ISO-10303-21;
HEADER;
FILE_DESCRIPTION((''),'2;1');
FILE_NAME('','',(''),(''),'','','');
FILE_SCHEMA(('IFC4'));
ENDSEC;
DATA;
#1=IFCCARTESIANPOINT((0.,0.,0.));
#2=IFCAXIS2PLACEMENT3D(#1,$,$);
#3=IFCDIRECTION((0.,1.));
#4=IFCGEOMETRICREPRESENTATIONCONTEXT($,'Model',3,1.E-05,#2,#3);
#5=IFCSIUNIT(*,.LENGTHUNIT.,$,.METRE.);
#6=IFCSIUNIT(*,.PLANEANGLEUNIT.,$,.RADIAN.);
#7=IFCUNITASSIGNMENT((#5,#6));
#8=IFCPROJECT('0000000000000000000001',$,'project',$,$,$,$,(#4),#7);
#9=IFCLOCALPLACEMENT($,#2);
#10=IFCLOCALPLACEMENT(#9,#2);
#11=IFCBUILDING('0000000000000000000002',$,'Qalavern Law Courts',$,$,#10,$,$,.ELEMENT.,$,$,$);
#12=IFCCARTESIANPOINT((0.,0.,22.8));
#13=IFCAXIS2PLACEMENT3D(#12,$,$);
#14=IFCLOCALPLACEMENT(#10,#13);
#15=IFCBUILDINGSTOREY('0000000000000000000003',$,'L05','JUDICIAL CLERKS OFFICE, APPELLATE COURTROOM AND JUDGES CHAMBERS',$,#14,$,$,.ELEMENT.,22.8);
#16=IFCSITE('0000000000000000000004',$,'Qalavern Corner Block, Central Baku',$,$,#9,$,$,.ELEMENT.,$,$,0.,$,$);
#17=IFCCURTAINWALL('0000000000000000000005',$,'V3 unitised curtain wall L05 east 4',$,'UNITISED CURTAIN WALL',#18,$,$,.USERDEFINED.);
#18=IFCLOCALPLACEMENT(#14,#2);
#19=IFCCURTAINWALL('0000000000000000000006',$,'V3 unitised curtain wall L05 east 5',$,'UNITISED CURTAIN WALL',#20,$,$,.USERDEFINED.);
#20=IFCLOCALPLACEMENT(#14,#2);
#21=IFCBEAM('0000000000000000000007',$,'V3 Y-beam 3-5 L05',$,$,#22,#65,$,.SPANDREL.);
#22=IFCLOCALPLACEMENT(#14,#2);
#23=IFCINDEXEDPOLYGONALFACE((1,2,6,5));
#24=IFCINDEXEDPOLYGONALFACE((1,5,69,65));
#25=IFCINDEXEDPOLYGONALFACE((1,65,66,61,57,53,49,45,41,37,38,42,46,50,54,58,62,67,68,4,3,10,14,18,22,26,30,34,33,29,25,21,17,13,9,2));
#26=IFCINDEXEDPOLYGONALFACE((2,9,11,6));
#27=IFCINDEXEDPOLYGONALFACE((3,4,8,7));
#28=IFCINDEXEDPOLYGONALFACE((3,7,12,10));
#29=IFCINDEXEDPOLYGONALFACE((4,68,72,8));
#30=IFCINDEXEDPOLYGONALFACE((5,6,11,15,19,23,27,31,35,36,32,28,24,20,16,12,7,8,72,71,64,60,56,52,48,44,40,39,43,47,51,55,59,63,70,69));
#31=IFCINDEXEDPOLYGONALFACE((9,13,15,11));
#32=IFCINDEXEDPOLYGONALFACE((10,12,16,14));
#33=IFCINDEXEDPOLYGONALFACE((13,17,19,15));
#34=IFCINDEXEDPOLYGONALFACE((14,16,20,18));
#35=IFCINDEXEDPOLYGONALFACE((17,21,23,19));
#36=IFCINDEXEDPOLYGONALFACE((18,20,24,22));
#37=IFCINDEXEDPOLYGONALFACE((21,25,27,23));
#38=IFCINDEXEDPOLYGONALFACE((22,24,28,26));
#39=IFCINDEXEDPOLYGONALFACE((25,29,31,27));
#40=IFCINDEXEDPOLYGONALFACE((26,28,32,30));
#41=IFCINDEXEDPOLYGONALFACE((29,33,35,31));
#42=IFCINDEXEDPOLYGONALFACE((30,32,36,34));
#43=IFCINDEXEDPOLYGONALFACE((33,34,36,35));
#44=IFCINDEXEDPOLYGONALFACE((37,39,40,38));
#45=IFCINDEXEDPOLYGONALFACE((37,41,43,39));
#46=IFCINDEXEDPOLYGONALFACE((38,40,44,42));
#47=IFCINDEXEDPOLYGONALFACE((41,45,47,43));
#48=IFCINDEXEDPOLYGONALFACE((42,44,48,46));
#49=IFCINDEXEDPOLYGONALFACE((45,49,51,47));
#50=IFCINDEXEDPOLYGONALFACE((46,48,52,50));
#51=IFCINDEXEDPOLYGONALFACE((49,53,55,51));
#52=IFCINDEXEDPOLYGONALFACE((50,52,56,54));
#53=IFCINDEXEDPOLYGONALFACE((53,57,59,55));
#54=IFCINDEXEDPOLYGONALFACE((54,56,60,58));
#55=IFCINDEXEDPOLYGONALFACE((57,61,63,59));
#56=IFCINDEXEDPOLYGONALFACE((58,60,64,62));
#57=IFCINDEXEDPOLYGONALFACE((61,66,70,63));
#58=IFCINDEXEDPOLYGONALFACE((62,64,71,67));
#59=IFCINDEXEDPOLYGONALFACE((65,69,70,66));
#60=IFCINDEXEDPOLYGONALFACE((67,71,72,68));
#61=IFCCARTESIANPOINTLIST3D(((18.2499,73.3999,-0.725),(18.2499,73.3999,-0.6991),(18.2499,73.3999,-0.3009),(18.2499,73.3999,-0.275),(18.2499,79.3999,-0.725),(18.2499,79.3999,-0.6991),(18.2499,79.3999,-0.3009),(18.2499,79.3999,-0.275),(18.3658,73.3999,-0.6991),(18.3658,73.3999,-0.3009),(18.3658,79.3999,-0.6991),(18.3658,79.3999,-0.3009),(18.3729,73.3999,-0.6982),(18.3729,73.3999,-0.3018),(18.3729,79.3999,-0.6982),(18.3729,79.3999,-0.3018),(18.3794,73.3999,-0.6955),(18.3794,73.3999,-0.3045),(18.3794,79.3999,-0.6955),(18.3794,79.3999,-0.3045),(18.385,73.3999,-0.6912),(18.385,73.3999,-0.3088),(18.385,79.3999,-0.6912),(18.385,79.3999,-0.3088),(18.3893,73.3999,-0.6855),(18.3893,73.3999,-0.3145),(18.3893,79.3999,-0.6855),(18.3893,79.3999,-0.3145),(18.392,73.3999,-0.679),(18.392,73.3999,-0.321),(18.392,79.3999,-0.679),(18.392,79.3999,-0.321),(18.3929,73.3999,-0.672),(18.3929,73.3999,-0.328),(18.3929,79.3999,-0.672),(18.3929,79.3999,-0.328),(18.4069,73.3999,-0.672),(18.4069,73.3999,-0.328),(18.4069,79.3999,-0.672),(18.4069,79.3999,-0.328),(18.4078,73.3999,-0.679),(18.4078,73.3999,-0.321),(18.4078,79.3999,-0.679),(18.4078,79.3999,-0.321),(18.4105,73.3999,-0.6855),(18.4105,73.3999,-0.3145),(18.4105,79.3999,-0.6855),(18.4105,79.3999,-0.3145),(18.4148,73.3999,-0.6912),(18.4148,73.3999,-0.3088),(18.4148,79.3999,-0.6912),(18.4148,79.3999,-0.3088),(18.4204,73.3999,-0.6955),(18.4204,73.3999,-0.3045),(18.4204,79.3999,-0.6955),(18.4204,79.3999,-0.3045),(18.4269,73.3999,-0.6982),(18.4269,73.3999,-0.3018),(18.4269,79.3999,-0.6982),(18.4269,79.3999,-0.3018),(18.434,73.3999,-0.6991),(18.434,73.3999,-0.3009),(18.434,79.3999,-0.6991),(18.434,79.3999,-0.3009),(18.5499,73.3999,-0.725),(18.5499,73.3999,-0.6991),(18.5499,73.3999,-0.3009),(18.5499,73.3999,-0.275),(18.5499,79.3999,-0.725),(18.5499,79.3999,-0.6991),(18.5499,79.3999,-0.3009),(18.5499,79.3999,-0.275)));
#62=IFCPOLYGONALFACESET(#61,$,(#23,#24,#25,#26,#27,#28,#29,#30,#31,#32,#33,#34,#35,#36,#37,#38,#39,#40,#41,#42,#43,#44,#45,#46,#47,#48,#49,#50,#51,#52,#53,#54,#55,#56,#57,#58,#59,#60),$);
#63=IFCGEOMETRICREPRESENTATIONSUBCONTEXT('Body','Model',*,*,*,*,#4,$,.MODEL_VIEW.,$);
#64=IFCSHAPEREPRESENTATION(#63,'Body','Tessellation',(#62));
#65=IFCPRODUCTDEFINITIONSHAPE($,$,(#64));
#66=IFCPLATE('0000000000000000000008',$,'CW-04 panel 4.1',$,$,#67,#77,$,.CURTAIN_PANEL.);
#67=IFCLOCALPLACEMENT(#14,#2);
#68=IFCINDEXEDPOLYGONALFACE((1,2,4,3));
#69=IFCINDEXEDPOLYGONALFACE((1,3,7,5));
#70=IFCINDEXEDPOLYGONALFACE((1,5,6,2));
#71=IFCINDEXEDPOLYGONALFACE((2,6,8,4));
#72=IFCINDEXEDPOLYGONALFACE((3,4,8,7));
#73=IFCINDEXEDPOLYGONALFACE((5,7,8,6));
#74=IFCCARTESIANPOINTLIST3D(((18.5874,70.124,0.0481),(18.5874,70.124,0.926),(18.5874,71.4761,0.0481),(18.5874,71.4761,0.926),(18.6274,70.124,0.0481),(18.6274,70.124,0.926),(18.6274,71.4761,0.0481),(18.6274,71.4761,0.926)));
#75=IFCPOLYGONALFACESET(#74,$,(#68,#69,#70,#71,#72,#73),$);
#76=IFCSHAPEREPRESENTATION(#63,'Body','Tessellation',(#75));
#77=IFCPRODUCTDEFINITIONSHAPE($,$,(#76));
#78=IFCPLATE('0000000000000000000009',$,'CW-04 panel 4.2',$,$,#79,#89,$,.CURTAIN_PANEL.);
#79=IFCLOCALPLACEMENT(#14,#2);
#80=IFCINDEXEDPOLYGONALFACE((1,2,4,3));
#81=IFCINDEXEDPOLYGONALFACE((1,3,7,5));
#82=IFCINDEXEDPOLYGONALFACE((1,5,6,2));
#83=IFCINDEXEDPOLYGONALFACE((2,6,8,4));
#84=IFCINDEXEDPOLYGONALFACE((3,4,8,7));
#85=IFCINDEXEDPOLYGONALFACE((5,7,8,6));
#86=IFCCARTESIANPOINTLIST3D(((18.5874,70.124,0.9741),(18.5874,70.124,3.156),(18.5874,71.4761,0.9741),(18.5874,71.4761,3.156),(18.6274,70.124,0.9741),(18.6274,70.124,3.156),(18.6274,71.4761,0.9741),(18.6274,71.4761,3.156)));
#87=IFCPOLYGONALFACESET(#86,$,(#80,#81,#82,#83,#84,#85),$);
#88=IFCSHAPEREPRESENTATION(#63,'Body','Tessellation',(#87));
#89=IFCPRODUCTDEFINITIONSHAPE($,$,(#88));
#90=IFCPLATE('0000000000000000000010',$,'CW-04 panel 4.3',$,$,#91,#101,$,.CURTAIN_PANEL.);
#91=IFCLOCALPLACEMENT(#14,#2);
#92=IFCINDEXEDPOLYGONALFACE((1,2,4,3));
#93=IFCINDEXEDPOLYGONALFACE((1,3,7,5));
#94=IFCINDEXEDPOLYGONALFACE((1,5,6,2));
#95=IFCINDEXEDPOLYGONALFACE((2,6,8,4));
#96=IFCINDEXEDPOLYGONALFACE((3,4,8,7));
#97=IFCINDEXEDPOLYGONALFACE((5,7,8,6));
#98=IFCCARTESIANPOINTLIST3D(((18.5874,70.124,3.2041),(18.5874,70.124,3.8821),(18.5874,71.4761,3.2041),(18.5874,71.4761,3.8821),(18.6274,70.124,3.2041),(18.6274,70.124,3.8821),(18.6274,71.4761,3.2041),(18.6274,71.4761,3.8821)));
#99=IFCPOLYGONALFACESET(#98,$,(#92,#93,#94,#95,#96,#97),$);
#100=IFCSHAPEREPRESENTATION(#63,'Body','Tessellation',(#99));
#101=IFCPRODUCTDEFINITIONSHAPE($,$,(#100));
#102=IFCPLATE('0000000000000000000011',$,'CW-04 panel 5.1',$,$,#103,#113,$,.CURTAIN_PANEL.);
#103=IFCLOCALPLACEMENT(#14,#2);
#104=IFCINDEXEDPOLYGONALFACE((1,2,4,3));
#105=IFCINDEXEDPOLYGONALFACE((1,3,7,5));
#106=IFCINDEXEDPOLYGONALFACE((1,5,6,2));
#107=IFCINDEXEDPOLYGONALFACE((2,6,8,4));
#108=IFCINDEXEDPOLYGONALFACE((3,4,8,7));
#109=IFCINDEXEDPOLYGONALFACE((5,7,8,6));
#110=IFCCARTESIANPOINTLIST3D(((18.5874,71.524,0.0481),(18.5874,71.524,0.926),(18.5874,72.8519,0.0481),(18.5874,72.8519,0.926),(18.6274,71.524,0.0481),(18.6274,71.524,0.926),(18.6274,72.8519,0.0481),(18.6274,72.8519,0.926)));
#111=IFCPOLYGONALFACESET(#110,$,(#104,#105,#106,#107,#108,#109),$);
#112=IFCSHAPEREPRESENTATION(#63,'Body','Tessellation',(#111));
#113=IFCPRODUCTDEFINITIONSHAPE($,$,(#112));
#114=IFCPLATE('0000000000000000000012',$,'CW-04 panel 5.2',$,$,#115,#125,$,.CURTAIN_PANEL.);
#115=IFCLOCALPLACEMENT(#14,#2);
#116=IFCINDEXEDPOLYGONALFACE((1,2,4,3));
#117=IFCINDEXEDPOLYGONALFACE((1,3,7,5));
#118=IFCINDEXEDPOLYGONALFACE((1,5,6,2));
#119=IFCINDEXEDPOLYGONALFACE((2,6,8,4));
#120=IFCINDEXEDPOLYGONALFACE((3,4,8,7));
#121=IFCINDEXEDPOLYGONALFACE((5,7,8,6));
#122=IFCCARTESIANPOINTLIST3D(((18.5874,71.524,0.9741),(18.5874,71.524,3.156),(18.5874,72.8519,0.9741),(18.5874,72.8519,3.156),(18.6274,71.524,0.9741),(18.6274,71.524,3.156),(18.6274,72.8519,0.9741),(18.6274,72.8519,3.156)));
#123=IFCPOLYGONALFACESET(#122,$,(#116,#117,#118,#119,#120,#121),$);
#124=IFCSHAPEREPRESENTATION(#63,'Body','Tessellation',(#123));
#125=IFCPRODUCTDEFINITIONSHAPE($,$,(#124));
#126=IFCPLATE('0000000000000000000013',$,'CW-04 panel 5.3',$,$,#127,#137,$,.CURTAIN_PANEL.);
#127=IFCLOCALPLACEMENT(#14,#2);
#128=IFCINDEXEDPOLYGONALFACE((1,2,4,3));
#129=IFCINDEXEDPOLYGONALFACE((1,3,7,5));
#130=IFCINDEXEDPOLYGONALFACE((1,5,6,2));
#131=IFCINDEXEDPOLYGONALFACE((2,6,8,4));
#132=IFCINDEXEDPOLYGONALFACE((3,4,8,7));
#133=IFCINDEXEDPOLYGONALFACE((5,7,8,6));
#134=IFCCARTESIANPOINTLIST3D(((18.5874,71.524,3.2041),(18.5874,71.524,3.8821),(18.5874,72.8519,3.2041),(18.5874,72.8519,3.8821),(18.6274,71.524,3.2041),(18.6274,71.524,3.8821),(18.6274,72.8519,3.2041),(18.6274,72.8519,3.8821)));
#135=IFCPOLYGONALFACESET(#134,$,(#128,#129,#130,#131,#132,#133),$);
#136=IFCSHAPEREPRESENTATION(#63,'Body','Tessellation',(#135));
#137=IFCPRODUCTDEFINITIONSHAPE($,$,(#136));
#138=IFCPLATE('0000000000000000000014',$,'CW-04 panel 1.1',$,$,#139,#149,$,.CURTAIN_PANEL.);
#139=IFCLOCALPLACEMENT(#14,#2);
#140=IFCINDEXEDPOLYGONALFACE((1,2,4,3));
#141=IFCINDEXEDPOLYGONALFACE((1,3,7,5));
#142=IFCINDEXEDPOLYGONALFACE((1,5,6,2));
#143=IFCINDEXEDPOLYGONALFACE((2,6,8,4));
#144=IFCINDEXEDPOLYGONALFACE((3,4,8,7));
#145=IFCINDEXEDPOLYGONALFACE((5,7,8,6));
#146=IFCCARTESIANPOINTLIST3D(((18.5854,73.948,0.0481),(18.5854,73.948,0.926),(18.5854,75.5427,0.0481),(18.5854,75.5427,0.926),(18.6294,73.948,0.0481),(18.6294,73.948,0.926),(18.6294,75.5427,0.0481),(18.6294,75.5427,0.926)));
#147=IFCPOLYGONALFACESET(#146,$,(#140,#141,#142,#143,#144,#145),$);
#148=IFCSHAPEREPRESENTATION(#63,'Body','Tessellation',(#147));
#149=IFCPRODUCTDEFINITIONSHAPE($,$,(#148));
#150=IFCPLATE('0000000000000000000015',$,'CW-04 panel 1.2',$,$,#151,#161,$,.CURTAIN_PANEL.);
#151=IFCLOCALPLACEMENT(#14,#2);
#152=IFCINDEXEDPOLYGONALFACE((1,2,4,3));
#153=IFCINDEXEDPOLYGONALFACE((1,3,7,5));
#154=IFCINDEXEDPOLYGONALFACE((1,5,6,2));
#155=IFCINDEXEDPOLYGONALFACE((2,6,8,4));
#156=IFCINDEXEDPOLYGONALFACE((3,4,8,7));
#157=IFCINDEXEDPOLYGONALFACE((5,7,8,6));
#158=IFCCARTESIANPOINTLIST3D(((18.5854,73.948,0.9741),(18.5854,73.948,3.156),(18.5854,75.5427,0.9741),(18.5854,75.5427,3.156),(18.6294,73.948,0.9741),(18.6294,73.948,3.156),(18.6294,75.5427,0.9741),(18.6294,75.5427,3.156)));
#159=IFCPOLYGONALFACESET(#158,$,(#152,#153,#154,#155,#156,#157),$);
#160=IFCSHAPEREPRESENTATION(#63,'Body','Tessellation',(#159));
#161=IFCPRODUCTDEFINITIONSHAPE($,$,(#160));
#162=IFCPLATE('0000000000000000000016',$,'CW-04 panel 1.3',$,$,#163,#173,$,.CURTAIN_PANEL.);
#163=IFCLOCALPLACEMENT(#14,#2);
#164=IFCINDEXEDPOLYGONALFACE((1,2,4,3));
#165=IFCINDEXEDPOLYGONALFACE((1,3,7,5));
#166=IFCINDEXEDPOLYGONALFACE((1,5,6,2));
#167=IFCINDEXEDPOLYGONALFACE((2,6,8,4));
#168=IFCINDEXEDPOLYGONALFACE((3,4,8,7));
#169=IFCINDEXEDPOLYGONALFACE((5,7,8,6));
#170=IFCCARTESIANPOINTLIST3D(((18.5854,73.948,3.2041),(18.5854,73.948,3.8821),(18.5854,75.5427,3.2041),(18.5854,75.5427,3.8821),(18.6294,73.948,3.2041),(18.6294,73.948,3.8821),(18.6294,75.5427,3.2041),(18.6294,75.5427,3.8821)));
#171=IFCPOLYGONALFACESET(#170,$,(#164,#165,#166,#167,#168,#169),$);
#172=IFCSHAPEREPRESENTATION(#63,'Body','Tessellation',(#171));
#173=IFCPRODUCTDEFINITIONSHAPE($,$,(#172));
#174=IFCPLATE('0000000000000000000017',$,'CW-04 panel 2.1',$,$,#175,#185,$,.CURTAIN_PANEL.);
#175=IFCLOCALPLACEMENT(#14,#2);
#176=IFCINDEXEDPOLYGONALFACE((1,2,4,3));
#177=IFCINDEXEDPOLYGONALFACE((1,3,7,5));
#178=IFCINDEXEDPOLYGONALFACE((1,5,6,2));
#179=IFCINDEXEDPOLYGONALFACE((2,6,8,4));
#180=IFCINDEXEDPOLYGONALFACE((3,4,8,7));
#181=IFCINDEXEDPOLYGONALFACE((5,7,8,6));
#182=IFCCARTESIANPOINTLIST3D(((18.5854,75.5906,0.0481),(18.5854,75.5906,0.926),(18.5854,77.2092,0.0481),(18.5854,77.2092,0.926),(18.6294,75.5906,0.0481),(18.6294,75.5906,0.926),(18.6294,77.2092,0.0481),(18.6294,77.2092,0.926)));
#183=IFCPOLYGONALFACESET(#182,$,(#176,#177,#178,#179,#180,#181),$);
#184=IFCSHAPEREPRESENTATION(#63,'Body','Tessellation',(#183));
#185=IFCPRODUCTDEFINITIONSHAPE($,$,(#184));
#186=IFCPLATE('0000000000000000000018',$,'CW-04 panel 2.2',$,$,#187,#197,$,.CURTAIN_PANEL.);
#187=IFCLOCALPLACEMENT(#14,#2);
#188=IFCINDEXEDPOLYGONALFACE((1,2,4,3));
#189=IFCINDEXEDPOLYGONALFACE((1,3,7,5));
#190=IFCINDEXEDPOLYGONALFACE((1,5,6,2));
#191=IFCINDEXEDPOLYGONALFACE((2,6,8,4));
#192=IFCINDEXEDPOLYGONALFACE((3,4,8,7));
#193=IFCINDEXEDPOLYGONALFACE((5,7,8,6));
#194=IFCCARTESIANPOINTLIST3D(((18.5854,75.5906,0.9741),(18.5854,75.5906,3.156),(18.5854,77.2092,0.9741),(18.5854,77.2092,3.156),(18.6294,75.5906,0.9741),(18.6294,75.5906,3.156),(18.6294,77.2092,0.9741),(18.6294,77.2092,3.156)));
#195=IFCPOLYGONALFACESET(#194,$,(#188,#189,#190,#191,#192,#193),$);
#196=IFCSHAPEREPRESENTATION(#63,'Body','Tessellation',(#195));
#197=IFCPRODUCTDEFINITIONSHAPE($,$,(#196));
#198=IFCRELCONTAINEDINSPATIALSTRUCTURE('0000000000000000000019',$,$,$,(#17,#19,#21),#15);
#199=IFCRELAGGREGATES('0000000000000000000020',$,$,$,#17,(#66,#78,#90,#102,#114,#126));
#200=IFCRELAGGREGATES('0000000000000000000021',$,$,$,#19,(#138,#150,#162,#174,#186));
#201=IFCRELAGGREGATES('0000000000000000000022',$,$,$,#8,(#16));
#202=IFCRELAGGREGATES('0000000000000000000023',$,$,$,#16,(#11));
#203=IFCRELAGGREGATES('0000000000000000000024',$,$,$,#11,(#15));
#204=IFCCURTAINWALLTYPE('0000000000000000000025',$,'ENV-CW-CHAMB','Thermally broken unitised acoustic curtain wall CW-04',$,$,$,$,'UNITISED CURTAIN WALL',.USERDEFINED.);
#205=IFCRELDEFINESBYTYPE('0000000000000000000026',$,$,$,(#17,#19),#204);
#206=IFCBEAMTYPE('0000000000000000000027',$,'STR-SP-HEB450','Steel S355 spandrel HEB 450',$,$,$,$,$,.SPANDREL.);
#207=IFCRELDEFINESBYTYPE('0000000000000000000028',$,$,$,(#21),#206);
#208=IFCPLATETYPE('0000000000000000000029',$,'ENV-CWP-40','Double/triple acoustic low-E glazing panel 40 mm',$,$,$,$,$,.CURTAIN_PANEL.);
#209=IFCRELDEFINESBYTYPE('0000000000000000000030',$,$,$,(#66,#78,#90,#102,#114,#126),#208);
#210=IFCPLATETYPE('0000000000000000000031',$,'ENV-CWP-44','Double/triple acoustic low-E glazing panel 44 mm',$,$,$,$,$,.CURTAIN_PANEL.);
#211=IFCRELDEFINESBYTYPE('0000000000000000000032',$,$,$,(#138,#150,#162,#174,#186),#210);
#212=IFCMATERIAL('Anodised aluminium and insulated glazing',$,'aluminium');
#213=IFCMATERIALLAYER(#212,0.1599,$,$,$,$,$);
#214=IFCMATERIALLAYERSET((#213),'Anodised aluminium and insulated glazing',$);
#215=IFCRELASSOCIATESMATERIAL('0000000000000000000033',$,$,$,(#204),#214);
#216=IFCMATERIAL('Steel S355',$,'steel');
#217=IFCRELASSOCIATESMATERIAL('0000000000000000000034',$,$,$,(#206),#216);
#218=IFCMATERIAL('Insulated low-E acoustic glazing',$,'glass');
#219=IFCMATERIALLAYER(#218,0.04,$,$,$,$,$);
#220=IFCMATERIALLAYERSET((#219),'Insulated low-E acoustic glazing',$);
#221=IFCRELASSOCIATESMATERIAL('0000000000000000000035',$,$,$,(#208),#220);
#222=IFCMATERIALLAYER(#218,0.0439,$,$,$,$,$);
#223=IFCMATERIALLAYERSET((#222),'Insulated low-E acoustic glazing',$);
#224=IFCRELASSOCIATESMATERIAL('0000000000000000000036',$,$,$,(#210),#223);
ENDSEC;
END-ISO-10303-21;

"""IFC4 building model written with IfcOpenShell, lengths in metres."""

from ifc_helpers import new_model, si_unit, direction, frame, origin, origin_2d, place, context, subcontext, project, spatial, rectangle, i_section, extrude, material, layer, layer_set, material_profile, profile_set, type_object, element, aggregate, save


model = new_model("IFC4")

# Units and contexts
model_context = context("Model", 3, precision=1e-05, world=origin(), true_north=direction((0.0, 1.0)))
body_context = subcontext(model_context, "Body", "Model", "MODEL_VIEW")
ifc_project = project(units=[si_unit("LENGTHUNIT", "METRE"), si_unit("PLANEANGLEUNIT", "RADIAN")], contexts=[model_context])

# Site, building, storey
site_placement = place(None, origin())
site = spatial("IfcSite", under=ifc_project, at=site_placement, Name="Qalavern Corner Block, Central Baku", CompositionType="ELEMENT", RefElevation=0.0)
building_placement = place(site_placement, origin())
building = spatial("IfcBuilding", under=site, at=building_placement, Name="Qalavern Law Courts", CompositionType="ELEMENT")
storey_placement = place(building_placement, frame((0.0, 0.0, 22.8)))
storey = spatial("IfcBuildingStorey", under=building, at=storey_placement, Name="L05", Description="JUDICIAL CLERKS OFFICE, APPELLATE COURTROOM AND JUDGES CHAMBERS", CompositionType="ELEMENT", Elevation=22.8)

# Curtain walls
ifc_material_1 = material(Name="Anodised aluminium and insulated glazing", Category="aluminium")
ifc_layer_1 = layer(ifc_material_1, 0.1599)
ifc_layer_set_1 = layer_set([ifc_layer_1], Name="Anodised aluminium and insulated glazing")
curtain_wall_type = type_object("IfcCurtainWallType", Name="ENV-CW-CHAMB", Description="Thermally broken unitised acoustic curtain wall CW-04", ElementType="UNITISED CURTAIN WALL", PredefinedType="USERDEFINED", material=ifc_layer_set_1)
curtain_wall_1_placement = place(storey_placement, origin())
curtain_wall_1 = element("IfcCurtainWall", 1, at=curtain_wall_1_placement, inside=storey, type_object=curtain_wall_type, Name="V3 unitised curtain wall L05 east 4", ObjectType="UNITISED CURTAIN WALL", PredefinedType="USERDEFINED")
curtain_wall_2_placement = place(storey_placement, origin())
curtain_wall_2 = element("IfcCurtainWall", 2, at=curtain_wall_2_placement, inside=storey, type_object=curtain_wall_type, Name="V3 unitised curtain wall L05 east 5", ObjectType="UNITISED CURTAIN WALL", PredefinedType="USERDEFINED")

# Beam
ifc_material_2 = material(Name="Steel S355", Category="steel")
ifc_material_profile_1 = material_profile(ifc_material_2, i_section(OverallWidth=0.3, OverallDepth=0.45, WebThickness=0.0139, FlangeThickness=0.0259, FilletRadius=0.0271, at=origin_2d()), Name="HEB 450")
ifc_profile_set_1 = profile_set([ifc_material_profile_1], Name="Steel S355")
beam_type_1 = type_object("IfcBeamType", Name="STR-SP-HEB450", Description="Steel S355 spandrel HEB 450", PredefinedType="SPANDREL", material=ifc_profile_set_1)
beam_1_placement = place(storey_placement, frame((18.3999, 73.3999, -0.5), z_axis=(0.0, 1.0, 0.0), x_axis=(-1.0, 0.0, 0.0)))
element("IfcBeam", 3, at=beam_1_placement, inside=storey, type_object=beam_type_1, Name="V3 Y-beam 3-5 L05", PredefinedType="SPANDREL", context=body_context, shape_type="SweptSolid", body=[
    extrude(i_section(OverallWidth=0.3, OverallDepth=0.45, WebThickness=0.0139, FlangeThickness=0.0259, FilletRadius=0.0271, at=origin_2d()), origin(), (0.0, 0.0, 1.0), 6.0),
])

# Plates
ifc_material_3 = material(Name="Insulated low-E acoustic glazing", Category="glass")
ifc_layer_2 = layer(ifc_material_3, 0.04)
ifc_layer_set_2 = layer_set([ifc_layer_2], Name="Insulated low-E acoustic glazing")
plate_type_1 = type_object("IfcPlateType", Name="ENV-CWP-40", Description="Double/triple acoustic low-E glazing panel 40 mm", PredefinedType="CURTAIN_PANEL", material=ifc_layer_set_2)
plate_1_placement = place(storey_placement, frame((18.6074, 70.8, 0.0481), z_axis=(0.0, 0.0, 1.0), x_axis=(0.0, 1.0, 0.0)))
plate_1 = element("IfcPlate", 4, at=plate_1_placement, type_object=plate_type_1, Name="CW-04 panel 4.1", PredefinedType="CURTAIN_PANEL", context=body_context, shape_type="SweptSolid", body=[
    extrude(rectangle(XDim=1.3521, YDim=0.04, at=origin_2d()), origin(), (0.0, 0.0, 1.0), 0.8779),
])
plate_2_placement = place(storey_placement, frame((18.6074, 70.8, 0.9741), z_axis=(0.0, 0.0, 1.0), x_axis=(0.0, 1.0, 0.0)))
plate_2 = element("IfcPlate", 5, at=plate_2_placement, type_object=plate_type_1, Name="CW-04 panel 4.2", PredefinedType="CURTAIN_PANEL", context=body_context, shape_type="SweptSolid", body=[
    extrude(rectangle(XDim=1.3521, YDim=0.04, at=origin_2d()), origin(), (0.0, 0.0, 1.0), 2.1819),
])
plate_3_placement = place(storey_placement, frame((18.6074, 70.8, 3.2041), z_axis=(0.0, 0.0, 1.0), x_axis=(0.0, 1.0, 0.0)))
plate_3 = element("IfcPlate", 6, at=plate_3_placement, type_object=plate_type_1, Name="CW-04 panel 4.3", PredefinedType="CURTAIN_PANEL", context=body_context, shape_type="SweptSolid", body=[
    extrude(rectangle(XDim=1.3521, YDim=0.04, at=origin_2d()), origin(), (0.0, 0.0, 1.0), 0.678),
])
plate_4_placement = place(storey_placement, frame((18.6074, 72.188, 0.0481), z_axis=(0.0, 0.0, 1.0), x_axis=(0.0, 1.0, 0.0)))
plate_4 = element("IfcPlate", 7, at=plate_4_placement, type_object=plate_type_1, Name="CW-04 panel 5.1", PredefinedType="CURTAIN_PANEL", context=body_context, shape_type="SweptSolid", body=[
    extrude(rectangle(XDim=1.3279, YDim=0.04, at=origin_2d()), origin(), (0.0, 0.0, 1.0), 0.8779),
])
plate_5_placement = place(storey_placement, frame((18.6074, 72.188, 0.9741), z_axis=(0.0, 0.0, 1.0), x_axis=(0.0, 1.0, 0.0)))
plate_5 = element("IfcPlate", 8, at=plate_5_placement, type_object=plate_type_1, Name="CW-04 panel 5.2", PredefinedType="CURTAIN_PANEL", context=body_context, shape_type="SweptSolid", body=[
    extrude(rectangle(XDim=1.3279, YDim=0.04, at=origin_2d()), origin(), (0.0, 0.0, 1.0), 2.1819),
])
plate_6_placement = place(storey_placement, frame((18.6074, 72.188, 3.2041), z_axis=(0.0, 0.0, 1.0), x_axis=(0.0, 1.0, 0.0)))
plate_6 = element("IfcPlate", 9, at=plate_6_placement, type_object=plate_type_1, Name="CW-04 panel 5.3", PredefinedType="CURTAIN_PANEL", context=body_context, shape_type="SweptSolid", body=[
    extrude(rectangle(XDim=1.3279, YDim=0.04, at=origin_2d()), origin(), (0.0, 0.0, 1.0), 0.678),
])
aggregate(curtain_wall_1, [plate_1, plate_2, plate_3, plate_4, plate_5, plate_6])
ifc_layer_3 = layer(ifc_material_3, 0.0439)
ifc_layer_set_3 = layer_set([ifc_layer_3], Name="Insulated low-E acoustic glazing")
plate_type_2 = type_object("IfcPlateType", Name="ENV-CWP-44", Description="Double/triple acoustic low-E glazing panel 44 mm", PredefinedType="CURTAIN_PANEL", material=ifc_layer_set_3)
plate_7_placement = place(storey_placement, frame((18.6074, 74.7454, 0.0481), z_axis=(0.0, 0.0, 1.0), x_axis=(0.0, 1.0, 0.0)))
plate_7 = element("IfcPlate", 10, at=plate_7_placement, type_object=plate_type_2, Name="CW-04 panel 1.1", PredefinedType="CURTAIN_PANEL", context=body_context, shape_type="SweptSolid", body=[
    extrude(rectangle(XDim=1.5947, YDim=0.0439, at=origin_2d()), origin(), (0.0, 0.0, 1.0), 0.8779),
])
plate_8_placement = place(storey_placement, frame((18.6074, 74.7454, 0.9741), z_axis=(0.0, 0.0, 1.0), x_axis=(0.0, 1.0, 0.0)))
plate_8 = element("IfcPlate", 11, at=plate_8_placement, type_object=plate_type_2, Name="CW-04 panel 1.2", PredefinedType="CURTAIN_PANEL", context=body_context, shape_type="SweptSolid", body=[
    extrude(rectangle(XDim=1.5947, YDim=0.0439, at=origin_2d()), origin(), (0.0, 0.0, 1.0), 2.1819),
])
plate_9_placement = place(storey_placement, frame((18.6074, 74.7454, 3.2041), z_axis=(0.0, 0.0, 1.0), x_axis=(0.0, 1.0, 0.0)))
plate_9 = element("IfcPlate", 12, at=plate_9_placement, type_object=plate_type_2, Name="CW-04 panel 1.3", PredefinedType="CURTAIN_PANEL", context=body_context, shape_type="SweptSolid", body=[
    extrude(rectangle(XDim=1.5947, YDim=0.0439, at=origin_2d()), origin(), (0.0, 0.0, 1.0), 0.678),
])
plate_10_placement = place(storey_placement, frame((18.6074, 76.3999, 0.0481), z_axis=(0.0, 0.0, 1.0), x_axis=(0.0, 1.0, 0.0)))
plate_10 = element("IfcPlate", 13, at=plate_10_placement, type_object=plate_type_2, Name="CW-04 panel 2.1", PredefinedType="CURTAIN_PANEL", context=body_context, shape_type="SweptSolid", body=[
    extrude(rectangle(XDim=1.6187, YDim=0.0439, at=origin_2d()), origin(), (0.0, 0.0, 1.0), 0.8779),
])
plate_11_placement = place(storey_placement, frame((18.6074, 76.3999, 0.9741), z_axis=(0.0, 0.0, 1.0), x_axis=(0.0, 1.0, 0.0)))
plate_11 = element("IfcPlate", 14, at=plate_11_placement, type_object=plate_type_2, Name="CW-04 panel 2.2", PredefinedType="CURTAIN_PANEL", context=body_context, shape_type="SweptSolid", body=[
    extrude(rectangle(XDim=1.6187, YDim=0.0439, at=origin_2d()), origin(), (0.0, 0.0, 1.0), 2.1819),
])
aggregate(curtain_wall_2, [plate_7, plate_8, plate_9, plate_10, plate_11])

save(model, "model.ifc")
